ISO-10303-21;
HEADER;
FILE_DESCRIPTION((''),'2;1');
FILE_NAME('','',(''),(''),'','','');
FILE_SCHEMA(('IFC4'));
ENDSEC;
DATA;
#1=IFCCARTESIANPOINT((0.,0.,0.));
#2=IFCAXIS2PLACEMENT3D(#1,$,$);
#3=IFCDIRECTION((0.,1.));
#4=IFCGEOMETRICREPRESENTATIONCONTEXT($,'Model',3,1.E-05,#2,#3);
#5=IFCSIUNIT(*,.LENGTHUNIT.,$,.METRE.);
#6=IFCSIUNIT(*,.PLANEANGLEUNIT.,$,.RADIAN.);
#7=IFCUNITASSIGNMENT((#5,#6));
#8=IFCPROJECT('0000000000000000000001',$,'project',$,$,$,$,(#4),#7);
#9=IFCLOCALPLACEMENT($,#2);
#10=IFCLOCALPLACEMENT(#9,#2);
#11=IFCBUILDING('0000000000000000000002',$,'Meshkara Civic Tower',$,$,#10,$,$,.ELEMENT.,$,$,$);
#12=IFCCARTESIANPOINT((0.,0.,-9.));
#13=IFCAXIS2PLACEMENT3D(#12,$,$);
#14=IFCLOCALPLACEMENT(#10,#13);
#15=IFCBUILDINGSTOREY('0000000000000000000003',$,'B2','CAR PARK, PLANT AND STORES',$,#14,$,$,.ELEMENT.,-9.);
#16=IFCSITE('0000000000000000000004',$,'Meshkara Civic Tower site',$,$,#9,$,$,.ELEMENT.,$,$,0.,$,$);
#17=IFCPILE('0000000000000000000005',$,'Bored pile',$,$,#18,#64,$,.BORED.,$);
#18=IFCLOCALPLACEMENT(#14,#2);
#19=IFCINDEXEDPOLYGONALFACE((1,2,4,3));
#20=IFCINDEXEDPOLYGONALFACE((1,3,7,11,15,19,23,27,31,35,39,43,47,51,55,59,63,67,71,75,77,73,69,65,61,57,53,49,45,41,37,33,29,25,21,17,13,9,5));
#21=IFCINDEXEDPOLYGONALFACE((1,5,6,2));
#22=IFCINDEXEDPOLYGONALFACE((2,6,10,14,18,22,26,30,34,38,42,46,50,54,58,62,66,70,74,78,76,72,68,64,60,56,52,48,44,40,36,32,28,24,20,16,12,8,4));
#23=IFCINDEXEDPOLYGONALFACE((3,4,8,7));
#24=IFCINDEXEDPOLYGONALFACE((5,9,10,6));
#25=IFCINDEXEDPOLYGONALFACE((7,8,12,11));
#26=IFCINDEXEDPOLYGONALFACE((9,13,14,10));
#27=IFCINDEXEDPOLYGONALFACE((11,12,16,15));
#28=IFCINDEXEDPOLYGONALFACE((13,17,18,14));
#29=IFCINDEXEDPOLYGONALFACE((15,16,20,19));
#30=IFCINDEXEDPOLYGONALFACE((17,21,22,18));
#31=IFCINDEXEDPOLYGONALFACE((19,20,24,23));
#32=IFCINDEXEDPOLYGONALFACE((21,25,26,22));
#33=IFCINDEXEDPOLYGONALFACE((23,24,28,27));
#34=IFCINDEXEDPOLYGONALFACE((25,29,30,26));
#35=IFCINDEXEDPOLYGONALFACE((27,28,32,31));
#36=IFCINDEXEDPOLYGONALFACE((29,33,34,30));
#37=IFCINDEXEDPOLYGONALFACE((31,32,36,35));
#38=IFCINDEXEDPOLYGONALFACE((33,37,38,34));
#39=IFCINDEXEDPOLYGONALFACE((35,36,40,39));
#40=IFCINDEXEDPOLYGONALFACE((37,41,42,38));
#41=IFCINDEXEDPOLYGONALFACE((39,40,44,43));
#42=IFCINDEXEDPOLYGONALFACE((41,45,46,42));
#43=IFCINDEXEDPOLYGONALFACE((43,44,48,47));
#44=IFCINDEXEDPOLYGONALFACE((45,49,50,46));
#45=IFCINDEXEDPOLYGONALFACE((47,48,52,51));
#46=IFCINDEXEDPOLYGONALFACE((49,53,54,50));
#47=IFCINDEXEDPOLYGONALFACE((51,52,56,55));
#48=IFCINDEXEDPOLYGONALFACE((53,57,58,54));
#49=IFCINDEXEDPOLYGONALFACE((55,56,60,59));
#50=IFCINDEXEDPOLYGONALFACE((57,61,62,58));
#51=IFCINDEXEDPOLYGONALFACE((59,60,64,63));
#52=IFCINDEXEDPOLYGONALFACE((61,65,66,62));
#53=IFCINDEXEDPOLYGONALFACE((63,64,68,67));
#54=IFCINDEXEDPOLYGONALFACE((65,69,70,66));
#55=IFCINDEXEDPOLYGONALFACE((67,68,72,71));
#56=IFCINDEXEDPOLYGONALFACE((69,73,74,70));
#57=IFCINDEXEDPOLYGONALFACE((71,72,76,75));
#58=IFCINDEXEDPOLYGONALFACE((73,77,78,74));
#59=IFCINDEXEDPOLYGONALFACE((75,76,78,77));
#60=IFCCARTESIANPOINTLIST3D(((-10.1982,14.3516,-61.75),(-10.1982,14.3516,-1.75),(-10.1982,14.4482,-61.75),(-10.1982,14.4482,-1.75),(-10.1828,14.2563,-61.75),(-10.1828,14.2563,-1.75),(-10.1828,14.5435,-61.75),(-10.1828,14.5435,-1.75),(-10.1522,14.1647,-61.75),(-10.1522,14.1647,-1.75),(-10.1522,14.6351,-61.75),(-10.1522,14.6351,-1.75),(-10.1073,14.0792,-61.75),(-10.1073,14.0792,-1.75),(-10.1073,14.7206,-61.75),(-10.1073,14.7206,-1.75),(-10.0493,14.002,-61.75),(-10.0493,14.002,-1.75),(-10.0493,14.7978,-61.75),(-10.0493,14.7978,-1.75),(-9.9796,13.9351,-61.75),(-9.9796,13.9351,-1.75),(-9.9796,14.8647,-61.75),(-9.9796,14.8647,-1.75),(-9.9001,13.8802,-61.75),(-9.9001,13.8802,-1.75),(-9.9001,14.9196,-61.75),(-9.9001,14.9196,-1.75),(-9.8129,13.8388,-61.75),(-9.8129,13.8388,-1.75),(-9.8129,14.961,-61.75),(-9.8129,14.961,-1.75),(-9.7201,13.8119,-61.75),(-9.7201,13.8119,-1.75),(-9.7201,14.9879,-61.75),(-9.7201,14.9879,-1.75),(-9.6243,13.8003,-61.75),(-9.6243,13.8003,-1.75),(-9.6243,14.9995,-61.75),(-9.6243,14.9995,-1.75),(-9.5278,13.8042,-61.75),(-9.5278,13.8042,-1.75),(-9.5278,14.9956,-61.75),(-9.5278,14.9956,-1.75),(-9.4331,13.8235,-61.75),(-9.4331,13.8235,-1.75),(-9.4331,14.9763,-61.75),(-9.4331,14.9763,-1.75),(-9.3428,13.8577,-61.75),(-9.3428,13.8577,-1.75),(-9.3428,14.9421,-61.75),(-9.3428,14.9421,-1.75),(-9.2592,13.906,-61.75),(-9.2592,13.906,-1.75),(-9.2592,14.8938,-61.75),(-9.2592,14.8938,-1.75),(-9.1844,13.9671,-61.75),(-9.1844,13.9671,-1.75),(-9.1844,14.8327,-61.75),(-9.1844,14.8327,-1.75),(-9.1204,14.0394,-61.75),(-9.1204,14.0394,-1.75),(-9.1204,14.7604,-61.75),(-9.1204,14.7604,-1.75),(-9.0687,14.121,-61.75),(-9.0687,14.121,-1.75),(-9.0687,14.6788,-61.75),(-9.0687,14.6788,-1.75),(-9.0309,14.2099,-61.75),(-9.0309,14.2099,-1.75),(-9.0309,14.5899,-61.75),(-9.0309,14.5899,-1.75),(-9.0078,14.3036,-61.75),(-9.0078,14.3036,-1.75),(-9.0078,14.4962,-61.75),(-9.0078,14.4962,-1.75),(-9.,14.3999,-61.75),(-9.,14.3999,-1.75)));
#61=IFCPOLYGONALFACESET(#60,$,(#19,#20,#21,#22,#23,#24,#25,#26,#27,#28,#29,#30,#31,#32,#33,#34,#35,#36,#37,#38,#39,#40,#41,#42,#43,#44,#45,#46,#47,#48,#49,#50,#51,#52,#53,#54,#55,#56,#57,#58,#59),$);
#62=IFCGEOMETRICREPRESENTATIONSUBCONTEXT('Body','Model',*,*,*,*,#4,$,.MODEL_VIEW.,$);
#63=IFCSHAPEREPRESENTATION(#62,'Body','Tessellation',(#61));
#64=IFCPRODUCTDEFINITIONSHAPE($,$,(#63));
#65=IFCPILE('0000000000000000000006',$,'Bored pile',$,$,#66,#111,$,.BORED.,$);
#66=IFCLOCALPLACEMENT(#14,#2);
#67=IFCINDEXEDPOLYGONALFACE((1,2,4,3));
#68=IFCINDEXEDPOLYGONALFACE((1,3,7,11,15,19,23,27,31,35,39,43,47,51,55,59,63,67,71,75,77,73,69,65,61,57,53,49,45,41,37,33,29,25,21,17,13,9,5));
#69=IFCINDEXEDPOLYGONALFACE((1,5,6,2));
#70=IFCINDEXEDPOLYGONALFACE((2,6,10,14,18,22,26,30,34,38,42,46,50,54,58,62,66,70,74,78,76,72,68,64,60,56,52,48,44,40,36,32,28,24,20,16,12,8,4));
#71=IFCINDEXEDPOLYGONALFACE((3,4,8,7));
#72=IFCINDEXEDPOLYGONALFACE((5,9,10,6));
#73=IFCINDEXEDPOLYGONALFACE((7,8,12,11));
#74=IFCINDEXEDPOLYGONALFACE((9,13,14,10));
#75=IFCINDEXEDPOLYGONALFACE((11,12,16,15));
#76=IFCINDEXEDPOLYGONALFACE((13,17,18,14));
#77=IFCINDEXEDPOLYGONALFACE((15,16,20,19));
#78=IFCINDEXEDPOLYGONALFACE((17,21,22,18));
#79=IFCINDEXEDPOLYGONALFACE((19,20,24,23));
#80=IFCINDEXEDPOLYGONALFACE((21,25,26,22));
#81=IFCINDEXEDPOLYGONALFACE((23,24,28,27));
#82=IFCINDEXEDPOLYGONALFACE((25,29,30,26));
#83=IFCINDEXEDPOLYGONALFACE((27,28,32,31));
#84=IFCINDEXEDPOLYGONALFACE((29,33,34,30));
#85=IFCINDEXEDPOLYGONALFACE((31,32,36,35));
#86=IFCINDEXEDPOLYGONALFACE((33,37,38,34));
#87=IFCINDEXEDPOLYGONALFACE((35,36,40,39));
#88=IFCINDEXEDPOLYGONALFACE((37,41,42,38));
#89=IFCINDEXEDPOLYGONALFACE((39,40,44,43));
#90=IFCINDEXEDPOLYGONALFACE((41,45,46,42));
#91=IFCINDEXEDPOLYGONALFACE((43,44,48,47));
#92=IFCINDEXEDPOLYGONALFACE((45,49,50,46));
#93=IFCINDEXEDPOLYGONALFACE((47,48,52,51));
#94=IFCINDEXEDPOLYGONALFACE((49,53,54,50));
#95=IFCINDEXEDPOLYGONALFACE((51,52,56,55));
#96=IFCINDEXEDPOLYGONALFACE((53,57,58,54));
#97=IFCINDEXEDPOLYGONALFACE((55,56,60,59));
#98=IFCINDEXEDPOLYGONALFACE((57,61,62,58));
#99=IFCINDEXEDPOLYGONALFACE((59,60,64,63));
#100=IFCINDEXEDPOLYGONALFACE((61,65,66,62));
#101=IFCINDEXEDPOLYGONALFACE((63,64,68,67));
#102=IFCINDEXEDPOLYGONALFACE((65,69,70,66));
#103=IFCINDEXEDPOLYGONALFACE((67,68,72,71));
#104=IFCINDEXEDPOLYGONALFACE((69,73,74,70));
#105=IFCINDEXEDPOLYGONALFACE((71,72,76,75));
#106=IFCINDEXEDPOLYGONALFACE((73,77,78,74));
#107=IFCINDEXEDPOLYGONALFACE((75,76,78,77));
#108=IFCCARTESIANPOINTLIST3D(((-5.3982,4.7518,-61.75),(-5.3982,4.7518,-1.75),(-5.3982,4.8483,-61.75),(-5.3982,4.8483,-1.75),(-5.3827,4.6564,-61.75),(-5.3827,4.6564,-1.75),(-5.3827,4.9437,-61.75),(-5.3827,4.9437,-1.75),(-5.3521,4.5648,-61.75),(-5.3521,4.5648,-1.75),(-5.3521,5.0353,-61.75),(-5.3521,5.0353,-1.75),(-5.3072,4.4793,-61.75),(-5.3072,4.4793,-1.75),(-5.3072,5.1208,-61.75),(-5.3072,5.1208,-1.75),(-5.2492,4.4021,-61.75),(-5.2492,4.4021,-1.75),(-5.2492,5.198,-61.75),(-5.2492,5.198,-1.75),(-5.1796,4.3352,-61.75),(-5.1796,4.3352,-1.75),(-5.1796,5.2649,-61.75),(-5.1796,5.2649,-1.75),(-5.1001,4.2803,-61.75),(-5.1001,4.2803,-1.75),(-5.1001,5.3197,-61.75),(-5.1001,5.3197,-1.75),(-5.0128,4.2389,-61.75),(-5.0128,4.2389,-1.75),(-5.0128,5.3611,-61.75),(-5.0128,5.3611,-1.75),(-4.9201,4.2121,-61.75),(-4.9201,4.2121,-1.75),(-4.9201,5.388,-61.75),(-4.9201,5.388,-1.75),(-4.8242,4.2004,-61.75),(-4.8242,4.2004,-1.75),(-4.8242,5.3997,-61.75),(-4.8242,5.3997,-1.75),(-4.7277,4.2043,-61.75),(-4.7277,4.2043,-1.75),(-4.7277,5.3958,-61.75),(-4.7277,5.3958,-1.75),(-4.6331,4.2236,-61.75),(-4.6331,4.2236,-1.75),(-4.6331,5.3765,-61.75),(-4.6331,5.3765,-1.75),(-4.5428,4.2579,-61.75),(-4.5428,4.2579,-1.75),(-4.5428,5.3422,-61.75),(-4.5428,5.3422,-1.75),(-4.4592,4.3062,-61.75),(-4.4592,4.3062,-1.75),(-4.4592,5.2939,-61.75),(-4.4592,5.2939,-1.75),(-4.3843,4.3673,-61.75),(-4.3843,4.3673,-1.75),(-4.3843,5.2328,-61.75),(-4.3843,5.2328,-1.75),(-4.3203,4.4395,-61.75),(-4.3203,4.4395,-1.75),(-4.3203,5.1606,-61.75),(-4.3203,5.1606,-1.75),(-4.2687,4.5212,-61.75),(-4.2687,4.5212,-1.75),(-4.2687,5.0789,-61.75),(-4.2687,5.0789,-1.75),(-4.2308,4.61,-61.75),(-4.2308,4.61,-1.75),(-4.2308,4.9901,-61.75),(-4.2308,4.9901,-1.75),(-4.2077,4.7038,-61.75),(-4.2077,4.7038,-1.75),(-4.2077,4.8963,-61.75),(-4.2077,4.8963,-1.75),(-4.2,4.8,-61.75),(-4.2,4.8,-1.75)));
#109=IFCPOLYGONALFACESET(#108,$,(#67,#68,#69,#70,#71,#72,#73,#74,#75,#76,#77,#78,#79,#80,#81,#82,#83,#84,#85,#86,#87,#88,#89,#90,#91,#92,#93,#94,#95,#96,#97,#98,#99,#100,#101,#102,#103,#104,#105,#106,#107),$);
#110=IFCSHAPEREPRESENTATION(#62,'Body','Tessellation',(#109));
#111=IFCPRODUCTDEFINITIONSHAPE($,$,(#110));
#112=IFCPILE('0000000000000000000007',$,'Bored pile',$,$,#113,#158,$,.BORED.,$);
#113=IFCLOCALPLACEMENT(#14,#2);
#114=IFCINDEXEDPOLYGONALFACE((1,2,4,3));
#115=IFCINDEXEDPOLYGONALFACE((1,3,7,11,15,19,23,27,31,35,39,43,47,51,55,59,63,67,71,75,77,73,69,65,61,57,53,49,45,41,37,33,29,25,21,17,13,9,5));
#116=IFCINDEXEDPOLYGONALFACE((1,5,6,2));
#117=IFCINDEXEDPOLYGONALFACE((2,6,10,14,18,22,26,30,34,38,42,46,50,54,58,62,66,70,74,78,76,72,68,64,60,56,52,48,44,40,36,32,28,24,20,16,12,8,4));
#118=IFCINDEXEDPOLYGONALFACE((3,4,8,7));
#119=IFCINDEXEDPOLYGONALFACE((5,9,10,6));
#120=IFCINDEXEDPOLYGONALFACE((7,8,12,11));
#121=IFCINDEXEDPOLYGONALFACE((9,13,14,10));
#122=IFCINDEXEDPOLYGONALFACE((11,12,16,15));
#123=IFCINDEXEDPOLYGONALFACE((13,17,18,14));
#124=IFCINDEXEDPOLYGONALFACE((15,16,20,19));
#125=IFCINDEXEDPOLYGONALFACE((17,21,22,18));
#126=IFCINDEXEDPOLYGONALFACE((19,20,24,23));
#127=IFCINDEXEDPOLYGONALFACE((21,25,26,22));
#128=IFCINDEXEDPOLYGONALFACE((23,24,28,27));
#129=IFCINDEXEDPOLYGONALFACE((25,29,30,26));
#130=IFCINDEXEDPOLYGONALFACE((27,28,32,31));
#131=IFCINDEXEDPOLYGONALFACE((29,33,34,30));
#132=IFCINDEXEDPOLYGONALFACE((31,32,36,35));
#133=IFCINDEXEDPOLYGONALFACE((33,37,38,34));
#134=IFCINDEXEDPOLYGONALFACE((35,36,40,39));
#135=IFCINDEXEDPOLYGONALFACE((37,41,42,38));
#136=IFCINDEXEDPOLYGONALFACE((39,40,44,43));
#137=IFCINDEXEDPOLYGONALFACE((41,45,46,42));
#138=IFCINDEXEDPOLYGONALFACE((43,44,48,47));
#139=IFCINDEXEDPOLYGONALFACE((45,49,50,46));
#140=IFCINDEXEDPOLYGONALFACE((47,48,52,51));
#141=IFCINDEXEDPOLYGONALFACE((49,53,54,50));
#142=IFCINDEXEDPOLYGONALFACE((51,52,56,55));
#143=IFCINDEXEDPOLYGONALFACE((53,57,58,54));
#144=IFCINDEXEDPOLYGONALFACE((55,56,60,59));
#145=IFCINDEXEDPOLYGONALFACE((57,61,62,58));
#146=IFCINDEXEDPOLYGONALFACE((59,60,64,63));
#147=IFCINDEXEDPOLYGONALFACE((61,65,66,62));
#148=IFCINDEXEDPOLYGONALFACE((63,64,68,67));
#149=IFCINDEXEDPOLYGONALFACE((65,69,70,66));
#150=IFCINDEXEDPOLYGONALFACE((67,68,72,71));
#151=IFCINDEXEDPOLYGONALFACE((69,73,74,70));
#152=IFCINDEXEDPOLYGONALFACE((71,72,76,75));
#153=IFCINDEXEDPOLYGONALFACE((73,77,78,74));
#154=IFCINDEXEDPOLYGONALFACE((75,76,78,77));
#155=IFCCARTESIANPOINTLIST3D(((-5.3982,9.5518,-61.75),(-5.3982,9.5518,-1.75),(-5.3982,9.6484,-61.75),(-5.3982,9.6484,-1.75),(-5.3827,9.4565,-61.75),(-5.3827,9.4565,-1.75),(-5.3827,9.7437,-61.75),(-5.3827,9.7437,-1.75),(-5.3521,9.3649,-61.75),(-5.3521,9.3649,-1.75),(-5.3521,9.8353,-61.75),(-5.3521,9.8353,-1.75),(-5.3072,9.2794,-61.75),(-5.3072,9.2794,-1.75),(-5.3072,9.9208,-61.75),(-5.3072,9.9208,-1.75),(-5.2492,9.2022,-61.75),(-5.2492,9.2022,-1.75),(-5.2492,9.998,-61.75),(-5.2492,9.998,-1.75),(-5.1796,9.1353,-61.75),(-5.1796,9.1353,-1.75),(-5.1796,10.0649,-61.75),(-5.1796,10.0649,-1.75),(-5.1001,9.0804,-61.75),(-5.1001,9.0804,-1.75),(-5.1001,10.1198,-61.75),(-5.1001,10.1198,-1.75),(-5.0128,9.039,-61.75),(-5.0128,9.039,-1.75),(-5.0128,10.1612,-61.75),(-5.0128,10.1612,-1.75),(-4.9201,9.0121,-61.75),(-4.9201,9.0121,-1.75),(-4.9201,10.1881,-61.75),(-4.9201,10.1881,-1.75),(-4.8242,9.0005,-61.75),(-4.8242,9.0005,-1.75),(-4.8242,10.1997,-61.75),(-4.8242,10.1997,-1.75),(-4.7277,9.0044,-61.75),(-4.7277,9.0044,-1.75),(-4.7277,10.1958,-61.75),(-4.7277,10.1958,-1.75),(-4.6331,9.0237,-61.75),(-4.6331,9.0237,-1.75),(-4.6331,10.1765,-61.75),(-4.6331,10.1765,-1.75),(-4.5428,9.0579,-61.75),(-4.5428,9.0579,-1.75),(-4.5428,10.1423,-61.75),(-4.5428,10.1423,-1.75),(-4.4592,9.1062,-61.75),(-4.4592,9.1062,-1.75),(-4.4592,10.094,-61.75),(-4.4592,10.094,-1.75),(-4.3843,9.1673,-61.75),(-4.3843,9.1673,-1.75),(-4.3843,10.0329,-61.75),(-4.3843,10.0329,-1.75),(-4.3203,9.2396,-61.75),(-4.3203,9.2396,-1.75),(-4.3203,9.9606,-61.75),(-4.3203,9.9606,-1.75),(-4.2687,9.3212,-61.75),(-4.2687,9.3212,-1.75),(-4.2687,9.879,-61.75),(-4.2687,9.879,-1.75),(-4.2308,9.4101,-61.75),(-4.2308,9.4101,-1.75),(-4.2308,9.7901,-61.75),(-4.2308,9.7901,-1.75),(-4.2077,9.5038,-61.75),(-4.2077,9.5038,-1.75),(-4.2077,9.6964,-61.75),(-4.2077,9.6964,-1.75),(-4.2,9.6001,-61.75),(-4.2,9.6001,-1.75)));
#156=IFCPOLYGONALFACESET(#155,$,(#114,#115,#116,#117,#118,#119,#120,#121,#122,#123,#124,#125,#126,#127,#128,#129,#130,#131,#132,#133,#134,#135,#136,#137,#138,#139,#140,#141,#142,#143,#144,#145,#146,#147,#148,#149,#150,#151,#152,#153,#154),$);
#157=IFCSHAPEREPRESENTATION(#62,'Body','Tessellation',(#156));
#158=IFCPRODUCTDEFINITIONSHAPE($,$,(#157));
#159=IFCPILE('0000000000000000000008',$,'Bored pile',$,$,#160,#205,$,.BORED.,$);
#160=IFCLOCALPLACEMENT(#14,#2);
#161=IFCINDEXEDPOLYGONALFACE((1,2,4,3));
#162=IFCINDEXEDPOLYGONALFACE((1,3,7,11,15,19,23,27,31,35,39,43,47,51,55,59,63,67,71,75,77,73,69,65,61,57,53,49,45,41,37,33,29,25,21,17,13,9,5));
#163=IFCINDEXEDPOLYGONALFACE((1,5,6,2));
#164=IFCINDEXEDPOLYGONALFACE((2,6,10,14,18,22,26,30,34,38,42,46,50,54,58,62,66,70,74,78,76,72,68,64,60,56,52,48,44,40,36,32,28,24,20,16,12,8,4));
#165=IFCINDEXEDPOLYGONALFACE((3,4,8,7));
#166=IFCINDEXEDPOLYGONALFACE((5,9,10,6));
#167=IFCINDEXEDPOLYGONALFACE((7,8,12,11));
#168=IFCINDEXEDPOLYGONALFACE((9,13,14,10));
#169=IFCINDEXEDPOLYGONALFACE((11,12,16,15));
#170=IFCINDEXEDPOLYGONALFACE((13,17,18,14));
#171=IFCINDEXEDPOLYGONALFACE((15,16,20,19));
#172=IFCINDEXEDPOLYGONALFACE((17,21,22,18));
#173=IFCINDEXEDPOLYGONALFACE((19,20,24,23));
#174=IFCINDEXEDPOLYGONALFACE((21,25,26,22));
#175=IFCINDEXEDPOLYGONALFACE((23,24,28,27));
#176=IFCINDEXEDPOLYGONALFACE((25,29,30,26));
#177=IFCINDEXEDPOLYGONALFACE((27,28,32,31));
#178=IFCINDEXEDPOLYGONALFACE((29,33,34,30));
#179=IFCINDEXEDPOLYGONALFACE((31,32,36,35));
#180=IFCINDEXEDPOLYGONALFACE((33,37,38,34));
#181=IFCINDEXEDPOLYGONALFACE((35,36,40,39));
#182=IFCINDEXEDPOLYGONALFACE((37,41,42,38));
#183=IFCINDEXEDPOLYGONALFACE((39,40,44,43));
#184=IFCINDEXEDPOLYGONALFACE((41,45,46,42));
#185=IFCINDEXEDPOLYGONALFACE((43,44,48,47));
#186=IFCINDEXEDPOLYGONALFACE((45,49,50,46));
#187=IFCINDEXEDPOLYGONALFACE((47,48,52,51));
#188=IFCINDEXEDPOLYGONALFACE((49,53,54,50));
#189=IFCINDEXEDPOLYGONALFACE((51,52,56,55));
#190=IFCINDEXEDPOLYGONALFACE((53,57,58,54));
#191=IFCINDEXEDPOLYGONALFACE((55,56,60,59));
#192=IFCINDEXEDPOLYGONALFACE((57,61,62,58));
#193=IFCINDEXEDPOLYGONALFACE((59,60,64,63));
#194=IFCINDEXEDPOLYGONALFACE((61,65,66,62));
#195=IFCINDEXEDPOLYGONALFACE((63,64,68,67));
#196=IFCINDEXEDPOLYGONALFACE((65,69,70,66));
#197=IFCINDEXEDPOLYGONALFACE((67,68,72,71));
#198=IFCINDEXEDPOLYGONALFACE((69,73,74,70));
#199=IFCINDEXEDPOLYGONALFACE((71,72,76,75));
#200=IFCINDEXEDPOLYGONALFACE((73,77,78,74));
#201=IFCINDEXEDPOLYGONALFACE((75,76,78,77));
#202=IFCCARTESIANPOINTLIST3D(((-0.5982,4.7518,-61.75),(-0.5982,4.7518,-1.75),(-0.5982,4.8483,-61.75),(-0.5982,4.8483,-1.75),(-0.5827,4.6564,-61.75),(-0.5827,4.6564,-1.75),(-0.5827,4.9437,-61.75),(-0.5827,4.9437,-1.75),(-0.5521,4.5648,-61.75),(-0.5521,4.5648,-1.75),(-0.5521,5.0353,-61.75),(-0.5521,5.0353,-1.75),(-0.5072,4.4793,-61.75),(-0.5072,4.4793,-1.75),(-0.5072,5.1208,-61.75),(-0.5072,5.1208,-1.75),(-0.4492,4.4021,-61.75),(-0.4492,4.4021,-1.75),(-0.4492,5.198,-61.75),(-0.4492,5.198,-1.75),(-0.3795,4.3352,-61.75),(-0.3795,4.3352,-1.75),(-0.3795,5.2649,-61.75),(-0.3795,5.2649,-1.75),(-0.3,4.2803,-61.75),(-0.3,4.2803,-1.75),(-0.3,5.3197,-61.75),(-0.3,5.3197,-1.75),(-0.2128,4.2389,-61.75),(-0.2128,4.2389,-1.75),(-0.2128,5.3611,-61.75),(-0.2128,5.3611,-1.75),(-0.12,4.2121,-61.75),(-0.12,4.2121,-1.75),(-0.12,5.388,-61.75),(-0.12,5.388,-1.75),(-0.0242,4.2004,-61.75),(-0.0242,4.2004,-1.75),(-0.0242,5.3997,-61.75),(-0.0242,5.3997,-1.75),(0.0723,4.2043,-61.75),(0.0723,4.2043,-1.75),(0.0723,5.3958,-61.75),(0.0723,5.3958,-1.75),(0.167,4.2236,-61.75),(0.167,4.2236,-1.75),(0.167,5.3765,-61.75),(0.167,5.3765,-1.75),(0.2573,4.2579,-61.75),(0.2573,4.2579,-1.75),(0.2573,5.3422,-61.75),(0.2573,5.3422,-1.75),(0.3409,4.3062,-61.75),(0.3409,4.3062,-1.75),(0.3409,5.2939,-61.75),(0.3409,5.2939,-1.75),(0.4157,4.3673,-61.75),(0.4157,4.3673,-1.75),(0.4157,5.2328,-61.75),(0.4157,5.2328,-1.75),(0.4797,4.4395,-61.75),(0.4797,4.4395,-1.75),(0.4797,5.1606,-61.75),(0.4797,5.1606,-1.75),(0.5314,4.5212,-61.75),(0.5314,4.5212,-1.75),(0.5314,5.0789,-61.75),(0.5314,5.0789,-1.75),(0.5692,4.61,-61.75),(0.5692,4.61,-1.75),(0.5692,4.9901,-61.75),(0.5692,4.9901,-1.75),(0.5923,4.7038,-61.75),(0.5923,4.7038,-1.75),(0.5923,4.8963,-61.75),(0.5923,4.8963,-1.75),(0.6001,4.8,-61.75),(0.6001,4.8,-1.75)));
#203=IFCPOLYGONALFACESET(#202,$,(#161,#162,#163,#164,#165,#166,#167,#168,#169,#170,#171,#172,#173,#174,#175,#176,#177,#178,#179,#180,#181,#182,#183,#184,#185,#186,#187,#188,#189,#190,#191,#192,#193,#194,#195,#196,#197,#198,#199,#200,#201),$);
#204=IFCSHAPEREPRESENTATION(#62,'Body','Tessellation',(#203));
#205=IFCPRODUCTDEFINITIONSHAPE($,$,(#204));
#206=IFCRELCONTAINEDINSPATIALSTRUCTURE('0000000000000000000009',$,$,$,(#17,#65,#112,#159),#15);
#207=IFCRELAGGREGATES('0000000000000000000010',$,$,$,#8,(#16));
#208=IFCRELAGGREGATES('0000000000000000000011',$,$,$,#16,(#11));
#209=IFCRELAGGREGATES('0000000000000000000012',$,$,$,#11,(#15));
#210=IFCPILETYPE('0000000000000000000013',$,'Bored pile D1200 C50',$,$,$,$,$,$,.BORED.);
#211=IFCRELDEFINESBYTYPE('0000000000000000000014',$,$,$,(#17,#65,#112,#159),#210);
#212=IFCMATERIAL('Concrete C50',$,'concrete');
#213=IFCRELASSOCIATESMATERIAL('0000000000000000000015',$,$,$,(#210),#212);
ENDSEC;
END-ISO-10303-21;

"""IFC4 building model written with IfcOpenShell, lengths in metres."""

from ifc_helpers import new_model, si_unit, direction, frame, origin, origin_2d, place, context, subcontext, project, spatial, circle, extrude, material, material_profile, profile_set, type_object, element, save


model = new_model("IFC4")

# Units and contexts
model_context = context("Model", 3, precision=1e-05, world=origin(), true_north=direction((0.0, 1.0)))
body_context = subcontext(model_context, "Body", "Model", "MODEL_VIEW")
ifc_project = project(units=[si_unit("LENGTHUNIT", "METRE"), si_unit("PLANEANGLEUNIT", "RADIAN")], contexts=[model_context])

# Site, building, storey
site_placement = place(None, origin())
site = spatial("IfcSite", under=ifc_project, at=site_placement, Name="Meshkara Civic Tower site", CompositionType="ELEMENT", RefElevation=0.0)
building_placement = place(site_placement, origin())
building = spatial("IfcBuilding", under=site, at=building_placement, Name="Meshkara Civic Tower", CompositionType="ELEMENT")
storey_placement = place(building_placement, frame((0.0, 0.0, -9.0)))
storey = spatial("IfcBuildingStorey", under=building, at=storey_placement, Name="B2", Description="CAR PARK, PLANT AND STORES", CompositionType="ELEMENT", Elevation=-9.0)

# Piles
ifc_material_1 = material(Name="Concrete C50", Category="concrete")
ifc_material_profile_1 = material_profile(ifc_material_1, circle(Radius=0.6001, at=origin_2d()))
ifc_profile_set_1 = profile_set([ifc_material_profile_1], Name="Concrete C50")
pile_type = type_object("IfcPileType", Name="Bored pile D1200 C50", PredefinedType="BORED", material=ifc_profile_set_1)
for number, where, z_axis, x_axis, name in (
    (1, (-9.6001, 14.3999, -1.75), (0.0, 0.0, -1.0), (1.0, 0.0, 0.0), "Bored pile"),
    (2, (-4.8, 4.8, -1.75), (0.0, 0.0, -1.0), (1.0, 0.0, 0.0), "Bored pile"),
    (3, (-4.8, 9.6001, -1.75), (0.0, 0.0, -1.0), (1.0, 0.0, 0.0), "Bored pile"),
    (4, (0.0, 4.8, -1.75), (0.0, 0.0, -1.0), (1.0, 0.0, 0.0), "Bored pile"),
):
    element("IfcPile", number, at=place(storey_placement, frame(where, z_axis=z_axis, x_axis=x_axis)), inside=storey, type_object=pile_type, Name=name, PredefinedType="BORED", context=body_context, shape_type="SweptSolid", body=[
        extrude(circle(Radius=0.6001, at=origin_2d()), origin(), (0.0, 0.0, 1.0), 60.0),
    ])

save(model, "model.ifc")
